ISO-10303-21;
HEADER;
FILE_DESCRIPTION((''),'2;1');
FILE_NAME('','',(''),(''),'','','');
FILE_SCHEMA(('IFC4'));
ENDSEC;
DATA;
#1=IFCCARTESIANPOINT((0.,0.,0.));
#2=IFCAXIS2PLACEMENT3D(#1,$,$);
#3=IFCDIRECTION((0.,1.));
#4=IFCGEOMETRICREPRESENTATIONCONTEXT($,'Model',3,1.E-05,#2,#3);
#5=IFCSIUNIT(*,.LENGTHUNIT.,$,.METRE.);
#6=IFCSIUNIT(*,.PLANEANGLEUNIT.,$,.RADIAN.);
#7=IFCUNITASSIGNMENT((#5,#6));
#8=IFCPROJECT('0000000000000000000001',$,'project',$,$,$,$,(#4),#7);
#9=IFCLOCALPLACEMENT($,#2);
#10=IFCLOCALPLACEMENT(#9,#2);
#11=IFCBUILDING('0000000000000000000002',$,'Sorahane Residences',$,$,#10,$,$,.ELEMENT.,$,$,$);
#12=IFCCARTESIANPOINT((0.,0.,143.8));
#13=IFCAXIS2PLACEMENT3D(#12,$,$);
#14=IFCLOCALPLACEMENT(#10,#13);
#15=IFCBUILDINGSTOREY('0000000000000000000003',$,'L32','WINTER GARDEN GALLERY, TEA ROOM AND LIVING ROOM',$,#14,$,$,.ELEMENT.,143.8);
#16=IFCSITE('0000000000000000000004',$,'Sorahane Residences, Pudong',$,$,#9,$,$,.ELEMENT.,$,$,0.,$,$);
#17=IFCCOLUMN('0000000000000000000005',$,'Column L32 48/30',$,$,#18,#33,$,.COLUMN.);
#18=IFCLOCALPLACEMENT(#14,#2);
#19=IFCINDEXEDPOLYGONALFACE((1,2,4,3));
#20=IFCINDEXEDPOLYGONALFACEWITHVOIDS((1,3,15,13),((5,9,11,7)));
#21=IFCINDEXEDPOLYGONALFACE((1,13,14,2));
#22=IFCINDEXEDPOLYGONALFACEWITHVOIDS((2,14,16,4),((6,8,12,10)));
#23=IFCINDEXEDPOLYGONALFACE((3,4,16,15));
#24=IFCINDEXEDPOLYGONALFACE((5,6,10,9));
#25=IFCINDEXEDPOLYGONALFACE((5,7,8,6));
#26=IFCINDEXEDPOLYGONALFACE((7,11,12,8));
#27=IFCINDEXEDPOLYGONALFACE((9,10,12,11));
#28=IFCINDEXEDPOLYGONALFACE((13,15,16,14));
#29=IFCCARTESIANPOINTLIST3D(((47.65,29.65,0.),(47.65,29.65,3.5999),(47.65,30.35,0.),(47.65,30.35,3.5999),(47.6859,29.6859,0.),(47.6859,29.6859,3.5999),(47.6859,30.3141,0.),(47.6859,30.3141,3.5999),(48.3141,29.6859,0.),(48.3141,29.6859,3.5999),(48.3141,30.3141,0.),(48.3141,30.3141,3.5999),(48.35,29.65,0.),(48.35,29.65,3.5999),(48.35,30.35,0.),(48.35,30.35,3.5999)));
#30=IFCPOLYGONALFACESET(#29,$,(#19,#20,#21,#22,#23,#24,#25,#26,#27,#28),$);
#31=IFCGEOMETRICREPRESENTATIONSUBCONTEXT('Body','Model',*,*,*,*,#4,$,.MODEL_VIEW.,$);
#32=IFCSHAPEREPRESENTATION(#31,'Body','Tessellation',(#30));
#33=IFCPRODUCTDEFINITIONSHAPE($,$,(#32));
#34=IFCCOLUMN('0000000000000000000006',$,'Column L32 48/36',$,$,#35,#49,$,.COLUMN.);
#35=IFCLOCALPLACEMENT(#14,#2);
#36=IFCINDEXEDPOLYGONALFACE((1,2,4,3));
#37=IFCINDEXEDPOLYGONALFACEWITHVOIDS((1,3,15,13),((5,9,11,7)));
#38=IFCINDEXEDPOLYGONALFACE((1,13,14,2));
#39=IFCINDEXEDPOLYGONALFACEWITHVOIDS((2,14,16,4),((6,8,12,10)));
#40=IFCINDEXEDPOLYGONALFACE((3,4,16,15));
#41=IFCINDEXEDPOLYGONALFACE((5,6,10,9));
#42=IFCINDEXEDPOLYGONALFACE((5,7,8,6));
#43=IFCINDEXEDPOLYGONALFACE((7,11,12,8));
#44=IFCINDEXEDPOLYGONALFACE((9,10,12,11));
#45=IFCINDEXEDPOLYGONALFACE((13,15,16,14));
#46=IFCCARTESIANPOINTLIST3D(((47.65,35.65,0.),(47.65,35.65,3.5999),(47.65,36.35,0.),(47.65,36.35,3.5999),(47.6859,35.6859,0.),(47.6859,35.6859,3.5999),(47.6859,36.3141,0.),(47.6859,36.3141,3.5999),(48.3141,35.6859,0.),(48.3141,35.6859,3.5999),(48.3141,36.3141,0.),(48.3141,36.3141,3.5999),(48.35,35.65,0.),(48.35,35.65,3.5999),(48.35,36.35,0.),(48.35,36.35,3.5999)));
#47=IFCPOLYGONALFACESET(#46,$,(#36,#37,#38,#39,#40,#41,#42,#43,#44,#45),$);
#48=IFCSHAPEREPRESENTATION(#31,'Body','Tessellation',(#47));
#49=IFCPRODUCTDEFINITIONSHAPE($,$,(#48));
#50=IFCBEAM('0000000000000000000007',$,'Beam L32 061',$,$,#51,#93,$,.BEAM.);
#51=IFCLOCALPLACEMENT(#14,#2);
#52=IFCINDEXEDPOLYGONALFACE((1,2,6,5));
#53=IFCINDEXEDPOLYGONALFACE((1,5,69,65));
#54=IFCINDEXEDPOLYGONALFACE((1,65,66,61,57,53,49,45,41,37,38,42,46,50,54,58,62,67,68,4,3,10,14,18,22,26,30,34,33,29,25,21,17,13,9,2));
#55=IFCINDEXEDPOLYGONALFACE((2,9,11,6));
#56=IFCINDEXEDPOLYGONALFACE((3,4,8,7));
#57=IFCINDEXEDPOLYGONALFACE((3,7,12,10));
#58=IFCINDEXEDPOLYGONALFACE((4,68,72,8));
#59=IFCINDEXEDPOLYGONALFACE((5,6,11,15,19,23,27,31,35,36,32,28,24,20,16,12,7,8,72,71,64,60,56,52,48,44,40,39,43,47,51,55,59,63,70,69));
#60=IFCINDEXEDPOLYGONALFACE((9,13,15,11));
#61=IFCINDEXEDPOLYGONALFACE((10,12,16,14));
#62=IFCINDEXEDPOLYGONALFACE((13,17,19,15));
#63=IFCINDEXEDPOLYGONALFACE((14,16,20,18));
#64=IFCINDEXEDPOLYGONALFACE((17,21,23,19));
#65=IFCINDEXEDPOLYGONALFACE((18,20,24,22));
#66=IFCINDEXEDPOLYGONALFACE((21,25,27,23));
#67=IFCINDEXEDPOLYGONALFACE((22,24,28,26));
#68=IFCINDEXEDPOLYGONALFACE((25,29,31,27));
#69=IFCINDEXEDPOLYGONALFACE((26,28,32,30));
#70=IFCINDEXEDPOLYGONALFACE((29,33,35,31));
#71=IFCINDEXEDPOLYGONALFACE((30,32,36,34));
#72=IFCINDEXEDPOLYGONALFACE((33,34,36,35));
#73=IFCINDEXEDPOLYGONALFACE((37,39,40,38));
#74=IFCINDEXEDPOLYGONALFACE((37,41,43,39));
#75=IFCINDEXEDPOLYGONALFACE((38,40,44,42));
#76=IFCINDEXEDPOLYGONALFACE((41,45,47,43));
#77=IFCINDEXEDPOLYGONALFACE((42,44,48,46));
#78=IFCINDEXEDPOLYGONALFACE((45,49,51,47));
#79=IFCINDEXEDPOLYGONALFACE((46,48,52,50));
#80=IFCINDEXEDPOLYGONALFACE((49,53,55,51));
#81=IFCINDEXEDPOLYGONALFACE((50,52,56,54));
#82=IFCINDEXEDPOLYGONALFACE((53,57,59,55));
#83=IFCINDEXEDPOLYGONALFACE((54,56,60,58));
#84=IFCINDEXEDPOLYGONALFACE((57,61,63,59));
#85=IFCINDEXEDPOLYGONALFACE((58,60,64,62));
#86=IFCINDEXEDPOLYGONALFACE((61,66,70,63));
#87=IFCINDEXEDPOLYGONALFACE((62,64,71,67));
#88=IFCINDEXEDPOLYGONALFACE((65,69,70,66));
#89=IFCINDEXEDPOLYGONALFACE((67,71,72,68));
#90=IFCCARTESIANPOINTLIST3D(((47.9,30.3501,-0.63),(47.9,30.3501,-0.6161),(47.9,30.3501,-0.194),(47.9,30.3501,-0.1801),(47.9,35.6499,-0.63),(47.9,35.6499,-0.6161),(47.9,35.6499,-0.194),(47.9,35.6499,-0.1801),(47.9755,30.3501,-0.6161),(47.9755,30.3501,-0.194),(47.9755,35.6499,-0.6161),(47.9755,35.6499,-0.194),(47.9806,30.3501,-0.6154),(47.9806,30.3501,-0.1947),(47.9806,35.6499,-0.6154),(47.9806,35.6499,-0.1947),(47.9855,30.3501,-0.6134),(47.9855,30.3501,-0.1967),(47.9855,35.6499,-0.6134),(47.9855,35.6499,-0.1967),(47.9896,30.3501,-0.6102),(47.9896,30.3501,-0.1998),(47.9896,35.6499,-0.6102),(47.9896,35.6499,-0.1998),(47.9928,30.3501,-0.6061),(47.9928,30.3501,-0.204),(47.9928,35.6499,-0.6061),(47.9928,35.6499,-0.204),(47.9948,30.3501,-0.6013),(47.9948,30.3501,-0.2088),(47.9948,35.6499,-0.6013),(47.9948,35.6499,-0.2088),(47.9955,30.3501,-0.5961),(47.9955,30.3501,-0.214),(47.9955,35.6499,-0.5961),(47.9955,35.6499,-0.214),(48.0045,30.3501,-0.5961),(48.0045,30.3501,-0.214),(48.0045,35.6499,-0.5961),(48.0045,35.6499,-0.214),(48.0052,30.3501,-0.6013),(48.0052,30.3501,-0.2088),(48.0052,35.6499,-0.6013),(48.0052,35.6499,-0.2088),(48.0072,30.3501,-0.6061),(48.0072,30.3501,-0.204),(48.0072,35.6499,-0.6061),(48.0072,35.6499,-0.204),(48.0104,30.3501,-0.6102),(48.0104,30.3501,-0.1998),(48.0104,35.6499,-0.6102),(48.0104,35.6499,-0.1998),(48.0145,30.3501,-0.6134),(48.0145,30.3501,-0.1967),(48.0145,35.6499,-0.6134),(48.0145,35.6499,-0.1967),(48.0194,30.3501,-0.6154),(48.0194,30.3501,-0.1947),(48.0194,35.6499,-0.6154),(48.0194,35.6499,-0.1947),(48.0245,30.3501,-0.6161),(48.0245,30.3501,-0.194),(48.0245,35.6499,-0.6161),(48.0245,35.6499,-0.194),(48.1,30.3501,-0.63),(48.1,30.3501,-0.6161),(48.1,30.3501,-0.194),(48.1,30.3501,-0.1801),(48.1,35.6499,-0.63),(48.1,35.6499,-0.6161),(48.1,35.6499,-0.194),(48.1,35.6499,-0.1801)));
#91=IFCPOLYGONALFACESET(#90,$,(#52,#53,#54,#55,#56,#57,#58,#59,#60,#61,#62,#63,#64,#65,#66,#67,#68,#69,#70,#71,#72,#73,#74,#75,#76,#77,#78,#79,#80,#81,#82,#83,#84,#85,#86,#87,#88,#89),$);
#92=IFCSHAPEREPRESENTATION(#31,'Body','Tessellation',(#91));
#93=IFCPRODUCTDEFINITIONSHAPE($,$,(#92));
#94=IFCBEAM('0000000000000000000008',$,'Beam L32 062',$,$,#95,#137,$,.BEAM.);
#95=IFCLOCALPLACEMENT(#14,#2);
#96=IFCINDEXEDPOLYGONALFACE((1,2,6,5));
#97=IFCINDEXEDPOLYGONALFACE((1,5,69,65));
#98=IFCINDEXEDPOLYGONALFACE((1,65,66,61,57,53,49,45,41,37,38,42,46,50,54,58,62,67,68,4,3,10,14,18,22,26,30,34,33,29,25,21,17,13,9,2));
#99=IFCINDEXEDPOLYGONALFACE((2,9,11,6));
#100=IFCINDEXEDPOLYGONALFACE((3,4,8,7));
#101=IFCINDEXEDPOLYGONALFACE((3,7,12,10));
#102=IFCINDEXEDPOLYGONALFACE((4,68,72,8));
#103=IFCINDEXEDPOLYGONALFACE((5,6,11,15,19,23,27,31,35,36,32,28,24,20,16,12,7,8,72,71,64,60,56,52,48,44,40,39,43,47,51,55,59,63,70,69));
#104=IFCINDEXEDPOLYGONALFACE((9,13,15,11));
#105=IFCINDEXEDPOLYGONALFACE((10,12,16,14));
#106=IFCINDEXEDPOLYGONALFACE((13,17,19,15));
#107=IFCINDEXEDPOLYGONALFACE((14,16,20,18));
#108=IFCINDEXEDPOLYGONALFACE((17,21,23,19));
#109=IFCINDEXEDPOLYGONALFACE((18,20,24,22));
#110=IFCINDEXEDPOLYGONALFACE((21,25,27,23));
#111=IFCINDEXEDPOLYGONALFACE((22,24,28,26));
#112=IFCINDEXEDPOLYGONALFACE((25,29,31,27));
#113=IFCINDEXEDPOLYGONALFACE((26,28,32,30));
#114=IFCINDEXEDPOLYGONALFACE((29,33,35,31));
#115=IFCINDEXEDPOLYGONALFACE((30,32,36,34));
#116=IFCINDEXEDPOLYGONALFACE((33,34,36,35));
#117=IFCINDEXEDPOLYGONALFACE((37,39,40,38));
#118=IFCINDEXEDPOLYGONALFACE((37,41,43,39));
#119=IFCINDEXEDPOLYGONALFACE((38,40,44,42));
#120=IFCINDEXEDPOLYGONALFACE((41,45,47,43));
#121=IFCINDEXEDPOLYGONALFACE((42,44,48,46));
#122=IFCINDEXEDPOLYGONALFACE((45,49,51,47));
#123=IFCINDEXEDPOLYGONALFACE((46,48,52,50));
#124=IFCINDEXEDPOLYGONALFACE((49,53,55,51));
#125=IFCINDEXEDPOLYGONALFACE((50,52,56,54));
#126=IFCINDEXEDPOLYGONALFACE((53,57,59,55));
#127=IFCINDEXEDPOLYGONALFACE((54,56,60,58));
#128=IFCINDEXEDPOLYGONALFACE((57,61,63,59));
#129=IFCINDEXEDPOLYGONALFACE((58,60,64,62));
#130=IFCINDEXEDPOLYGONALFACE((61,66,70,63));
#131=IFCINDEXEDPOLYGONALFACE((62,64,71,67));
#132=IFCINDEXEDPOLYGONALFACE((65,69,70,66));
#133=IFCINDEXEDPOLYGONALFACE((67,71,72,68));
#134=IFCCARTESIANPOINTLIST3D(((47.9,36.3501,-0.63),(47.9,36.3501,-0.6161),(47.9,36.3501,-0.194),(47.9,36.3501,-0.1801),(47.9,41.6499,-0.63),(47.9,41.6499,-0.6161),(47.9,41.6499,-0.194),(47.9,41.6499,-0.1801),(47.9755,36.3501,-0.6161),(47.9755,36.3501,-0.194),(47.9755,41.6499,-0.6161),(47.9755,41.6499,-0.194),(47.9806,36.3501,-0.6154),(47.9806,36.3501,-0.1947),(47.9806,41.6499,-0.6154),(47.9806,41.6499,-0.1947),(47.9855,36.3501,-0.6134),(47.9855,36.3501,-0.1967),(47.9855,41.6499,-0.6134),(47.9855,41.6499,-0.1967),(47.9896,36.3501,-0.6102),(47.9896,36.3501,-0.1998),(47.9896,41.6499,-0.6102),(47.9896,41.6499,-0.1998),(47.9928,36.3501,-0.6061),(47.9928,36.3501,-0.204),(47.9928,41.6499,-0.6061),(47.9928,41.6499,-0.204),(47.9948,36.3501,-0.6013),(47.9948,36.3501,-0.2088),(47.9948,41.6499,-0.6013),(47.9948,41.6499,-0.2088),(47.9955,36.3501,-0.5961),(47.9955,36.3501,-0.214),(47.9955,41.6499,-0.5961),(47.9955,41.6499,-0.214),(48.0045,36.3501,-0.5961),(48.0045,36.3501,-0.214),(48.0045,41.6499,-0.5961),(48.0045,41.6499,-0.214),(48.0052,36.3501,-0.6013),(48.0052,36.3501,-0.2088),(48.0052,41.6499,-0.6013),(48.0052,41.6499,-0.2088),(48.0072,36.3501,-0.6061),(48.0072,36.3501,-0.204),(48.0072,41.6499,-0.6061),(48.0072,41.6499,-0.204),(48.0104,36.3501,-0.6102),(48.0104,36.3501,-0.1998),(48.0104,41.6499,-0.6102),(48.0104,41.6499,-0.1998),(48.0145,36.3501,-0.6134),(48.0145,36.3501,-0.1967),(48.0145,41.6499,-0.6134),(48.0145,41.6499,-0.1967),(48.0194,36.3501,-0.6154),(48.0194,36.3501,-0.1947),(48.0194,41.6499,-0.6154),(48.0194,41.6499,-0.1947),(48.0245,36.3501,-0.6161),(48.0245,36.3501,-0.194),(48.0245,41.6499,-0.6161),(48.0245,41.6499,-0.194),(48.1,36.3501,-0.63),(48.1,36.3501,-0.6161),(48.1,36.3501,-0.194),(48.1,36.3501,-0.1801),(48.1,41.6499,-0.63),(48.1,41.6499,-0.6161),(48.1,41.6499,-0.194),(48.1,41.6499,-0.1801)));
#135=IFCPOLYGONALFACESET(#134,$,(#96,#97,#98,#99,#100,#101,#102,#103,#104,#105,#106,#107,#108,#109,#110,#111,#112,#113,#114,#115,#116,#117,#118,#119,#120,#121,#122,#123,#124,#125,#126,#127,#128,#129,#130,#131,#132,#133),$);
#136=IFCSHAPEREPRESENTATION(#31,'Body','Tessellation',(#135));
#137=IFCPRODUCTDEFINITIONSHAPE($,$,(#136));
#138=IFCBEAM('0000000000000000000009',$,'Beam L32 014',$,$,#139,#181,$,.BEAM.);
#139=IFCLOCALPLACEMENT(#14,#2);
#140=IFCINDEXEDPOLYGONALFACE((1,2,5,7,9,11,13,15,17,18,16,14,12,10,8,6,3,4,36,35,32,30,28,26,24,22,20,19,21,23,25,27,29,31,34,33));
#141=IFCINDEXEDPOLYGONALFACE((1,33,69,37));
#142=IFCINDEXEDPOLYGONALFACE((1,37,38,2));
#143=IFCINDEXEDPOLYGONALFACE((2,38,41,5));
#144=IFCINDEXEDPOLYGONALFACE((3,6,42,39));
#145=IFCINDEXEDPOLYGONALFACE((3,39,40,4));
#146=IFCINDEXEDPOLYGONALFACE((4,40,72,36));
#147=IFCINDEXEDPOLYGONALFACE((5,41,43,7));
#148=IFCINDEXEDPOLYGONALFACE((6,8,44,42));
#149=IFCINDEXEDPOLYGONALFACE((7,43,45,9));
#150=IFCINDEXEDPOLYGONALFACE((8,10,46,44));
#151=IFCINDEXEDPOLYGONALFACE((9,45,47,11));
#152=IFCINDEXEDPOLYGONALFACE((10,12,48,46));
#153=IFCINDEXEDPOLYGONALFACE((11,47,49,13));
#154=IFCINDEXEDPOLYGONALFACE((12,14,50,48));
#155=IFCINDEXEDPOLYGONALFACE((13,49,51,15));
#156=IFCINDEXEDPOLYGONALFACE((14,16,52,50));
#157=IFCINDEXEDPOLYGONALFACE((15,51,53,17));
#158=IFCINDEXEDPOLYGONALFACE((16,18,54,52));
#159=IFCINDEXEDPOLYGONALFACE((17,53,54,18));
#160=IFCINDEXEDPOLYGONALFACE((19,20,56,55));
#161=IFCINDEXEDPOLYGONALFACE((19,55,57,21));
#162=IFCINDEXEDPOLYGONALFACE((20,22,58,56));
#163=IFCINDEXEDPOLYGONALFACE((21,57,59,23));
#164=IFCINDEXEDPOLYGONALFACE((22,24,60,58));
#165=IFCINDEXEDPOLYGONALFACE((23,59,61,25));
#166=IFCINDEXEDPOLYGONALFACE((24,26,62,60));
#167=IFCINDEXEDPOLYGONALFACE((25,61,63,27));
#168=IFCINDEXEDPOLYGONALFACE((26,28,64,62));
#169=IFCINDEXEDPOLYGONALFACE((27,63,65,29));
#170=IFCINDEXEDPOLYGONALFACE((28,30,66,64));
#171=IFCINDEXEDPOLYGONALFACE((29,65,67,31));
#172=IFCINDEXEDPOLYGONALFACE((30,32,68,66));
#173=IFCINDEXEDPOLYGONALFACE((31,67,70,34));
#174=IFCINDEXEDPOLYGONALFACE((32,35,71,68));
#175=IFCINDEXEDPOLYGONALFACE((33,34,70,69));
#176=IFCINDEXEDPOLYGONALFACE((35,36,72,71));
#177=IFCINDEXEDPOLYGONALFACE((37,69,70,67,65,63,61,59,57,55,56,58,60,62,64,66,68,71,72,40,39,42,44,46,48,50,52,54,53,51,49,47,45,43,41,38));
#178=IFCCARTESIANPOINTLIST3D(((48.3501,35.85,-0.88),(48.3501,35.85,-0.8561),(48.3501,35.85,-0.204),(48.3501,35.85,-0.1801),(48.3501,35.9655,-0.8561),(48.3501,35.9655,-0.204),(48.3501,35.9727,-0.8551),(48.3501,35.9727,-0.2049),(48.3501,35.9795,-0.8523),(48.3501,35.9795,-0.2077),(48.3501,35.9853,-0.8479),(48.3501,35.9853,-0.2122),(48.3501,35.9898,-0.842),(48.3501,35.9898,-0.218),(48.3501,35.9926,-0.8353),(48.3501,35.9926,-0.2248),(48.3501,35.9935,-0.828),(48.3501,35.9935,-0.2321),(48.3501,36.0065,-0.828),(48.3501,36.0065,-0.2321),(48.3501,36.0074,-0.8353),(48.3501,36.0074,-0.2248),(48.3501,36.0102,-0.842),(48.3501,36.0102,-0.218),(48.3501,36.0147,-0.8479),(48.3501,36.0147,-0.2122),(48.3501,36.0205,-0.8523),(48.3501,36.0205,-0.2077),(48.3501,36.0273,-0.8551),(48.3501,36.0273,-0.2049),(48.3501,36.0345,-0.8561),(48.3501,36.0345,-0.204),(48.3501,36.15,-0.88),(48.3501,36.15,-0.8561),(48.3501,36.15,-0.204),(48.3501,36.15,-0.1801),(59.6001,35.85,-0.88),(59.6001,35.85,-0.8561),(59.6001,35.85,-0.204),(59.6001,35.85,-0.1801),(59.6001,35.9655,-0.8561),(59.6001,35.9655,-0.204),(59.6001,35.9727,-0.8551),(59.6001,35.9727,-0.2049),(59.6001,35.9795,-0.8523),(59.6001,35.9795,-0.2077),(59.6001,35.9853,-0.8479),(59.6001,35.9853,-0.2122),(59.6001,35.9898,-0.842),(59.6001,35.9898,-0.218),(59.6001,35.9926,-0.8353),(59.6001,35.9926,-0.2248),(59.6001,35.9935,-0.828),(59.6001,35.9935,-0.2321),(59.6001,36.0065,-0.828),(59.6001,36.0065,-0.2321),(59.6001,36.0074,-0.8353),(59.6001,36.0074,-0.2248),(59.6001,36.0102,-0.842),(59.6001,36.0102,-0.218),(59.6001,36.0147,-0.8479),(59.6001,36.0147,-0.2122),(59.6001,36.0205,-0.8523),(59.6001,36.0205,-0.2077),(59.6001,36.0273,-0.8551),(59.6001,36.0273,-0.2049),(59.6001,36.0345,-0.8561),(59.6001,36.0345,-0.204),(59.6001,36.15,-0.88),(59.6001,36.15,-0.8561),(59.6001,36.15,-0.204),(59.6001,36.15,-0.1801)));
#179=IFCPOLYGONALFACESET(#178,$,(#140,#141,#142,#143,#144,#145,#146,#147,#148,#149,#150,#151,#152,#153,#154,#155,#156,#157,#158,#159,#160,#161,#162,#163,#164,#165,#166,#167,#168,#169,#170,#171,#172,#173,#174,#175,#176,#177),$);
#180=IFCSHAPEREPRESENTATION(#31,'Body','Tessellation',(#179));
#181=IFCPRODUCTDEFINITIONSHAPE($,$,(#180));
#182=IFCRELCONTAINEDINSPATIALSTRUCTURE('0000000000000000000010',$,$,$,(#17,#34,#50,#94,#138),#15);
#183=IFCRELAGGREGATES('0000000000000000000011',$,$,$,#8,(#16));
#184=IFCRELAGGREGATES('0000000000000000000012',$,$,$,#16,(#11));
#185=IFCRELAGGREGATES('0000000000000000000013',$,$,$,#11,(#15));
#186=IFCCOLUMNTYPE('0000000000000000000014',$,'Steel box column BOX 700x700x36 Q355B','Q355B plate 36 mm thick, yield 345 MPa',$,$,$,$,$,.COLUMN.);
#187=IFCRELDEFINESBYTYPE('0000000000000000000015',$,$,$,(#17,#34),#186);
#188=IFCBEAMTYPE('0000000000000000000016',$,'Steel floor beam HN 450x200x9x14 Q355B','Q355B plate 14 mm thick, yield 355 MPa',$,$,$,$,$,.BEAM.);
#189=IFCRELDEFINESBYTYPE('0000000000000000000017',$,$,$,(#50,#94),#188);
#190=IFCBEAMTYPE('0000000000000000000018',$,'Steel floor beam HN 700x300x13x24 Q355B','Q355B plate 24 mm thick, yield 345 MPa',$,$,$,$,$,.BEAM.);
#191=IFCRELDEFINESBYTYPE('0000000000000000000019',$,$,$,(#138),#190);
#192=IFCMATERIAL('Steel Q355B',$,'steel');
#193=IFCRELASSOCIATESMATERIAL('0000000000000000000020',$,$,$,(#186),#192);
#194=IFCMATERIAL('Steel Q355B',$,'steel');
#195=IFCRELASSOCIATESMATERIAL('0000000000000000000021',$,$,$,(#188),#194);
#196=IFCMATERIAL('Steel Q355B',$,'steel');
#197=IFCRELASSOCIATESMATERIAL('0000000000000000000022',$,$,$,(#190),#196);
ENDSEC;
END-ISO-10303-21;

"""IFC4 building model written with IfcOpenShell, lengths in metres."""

from ifc_helpers import new_model, si_unit, direction, frame, origin, origin_2d, place, context, subcontext, project, spatial, hollow_rectangle, i_section, extrude, material, material_profile, profile_set, type_object, element, save


model = new_model("IFC4")

# Units and contexts
model_context = context("Model", 3, precision=1e-05, world=origin(), true_north=direction((0.0, 1.0)))
body_context = subcontext(model_context, "Body", "Model", "MODEL_VIEW")
ifc_project = project(units=[si_unit("LENGTHUNIT", "METRE"), si_unit("PLANEANGLEUNIT", "RADIAN")], contexts=[model_context])

# Site, building, storey
site_placement = place(None, origin())
site = spatial("IfcSite", under=ifc_project, at=site_placement, Name="Sorahane Residences, Pudong", CompositionType="ELEMENT", RefElevation=0.0)
building_placement = place(site_placement, origin())
building = spatial("IfcBuilding", under=site, at=building_placement, Name="Sorahane Residences", CompositionType="ELEMENT")
storey_placement = place(building_placement, frame((0.0, 0.0, 143.8)))
storey = spatial("IfcBuildingStorey", under=building, at=storey_placement, Name="L32", Description="WINTER GARDEN GALLERY, TEA ROOM AND LIVING ROOM", CompositionType="ELEMENT", Elevation=143.8)

# Columns
ifc_material_1 = material(Name="Steel Q355B", Category="steel")
ifc_material_profile_1 = material_profile(ifc_material_1, hollow_rectangle(XDim=0.7, YDim=0.7, WallThickness=0.0359, at=origin_2d()), Name="BOX 700x700x36")
ifc_profile_set_1 = profile_set([ifc_material_profile_1], Name="Steel Q355B")
column_type = type_object("IfcColumnType", Name="Steel box column BOX 700x700x36 Q355B", Description="Q355B plate 36 mm thick, yield 345 MPa", PredefinedType="COLUMN", material=ifc_profile_set_1)
for number, where, z_axis, x_axis, name in (
    (1, (48.0, 30.0, 0.0), (0.0, 0.0, 1.0), (1.0, 0.0, 0.0), "Column L32 48/30"),
    (2, (48.0, 36.0, 0.0), (0.0, 0.0, 1.0), (1.0, 0.0, 0.0), "Column L32 48/36"),
):
    element("IfcColumn", number, at=place(storey_placement, frame(where, z_axis=z_axis, x_axis=x_axis)), inside=storey, type_object=column_type, Name=name, PredefinedType="COLUMN", context=body_context, shape_type="SweptSolid", body=[
        extrude(hollow_rectangle(XDim=0.7, YDim=0.7, WallThickness=0.0359, at=origin_2d()), origin(), (0.0, 0.0, 1.0), 3.5999),
    ])

# Beams
ifc_material_2 = material(Name="Steel Q355B", Category="steel")
ifc_material_profile_2 = material_profile(ifc_material_2, i_section(OverallWidth=0.2, OverallDepth=0.45, WebThickness=0.009, FlangeThickness=0.0139, FilletRadius=0.02, at=origin_2d()), Name="HN 450x200x9x14")
ifc_profile_set_2 = profile_set([ifc_material_profile_2], Name="Steel Q355B")
beam_type_1 = type_object("IfcBeamType", Name="Steel floor beam HN 450x200x9x14 Q355B", Description="Q355B plate 14 mm thick, yield 355 MPa", PredefinedType="BEAM", material=ifc_profile_set_2)
for number, where, z_axis, x_axis, name in (
    (3, (48.0, 30.3501, -0.405), (0.0, 1.0, 0.0), (-1.0, 0.0, 0.0), "Beam L32 061"),
    (4, (48.0, 36.3501, -0.405), (0.0, 1.0, 0.0), (-1.0, 0.0, 0.0), "Beam L32 062"),
):
    element("IfcBeam", number, at=place(storey_placement, frame(where, z_axis=z_axis, x_axis=x_axis)), inside=storey, type_object=beam_type_1, Name=name, PredefinedType="BEAM", context=body_context, shape_type="SweptSolid", body=[
        extrude(i_section(OverallWidth=0.2, OverallDepth=0.45, WebThickness=0.009, FlangeThickness=0.0139, FilletRadius=0.02, at=origin_2d()), origin(), (0.0, 0.0, 1.0), 5.2998),
    ])
ifc_material_3 = material(Name="Steel Q355B", Category="steel")
ifc_material_profile_3 = material_profile(ifc_material_3, i_section(OverallWidth=0.3, OverallDepth=0.7, WebThickness=0.0129, FlangeThickness=0.0239, FilletRadius=0.0281, at=origin_2d()), Name="HN 700x300x13x24")
ifc_profile_set_3 = profile_set([ifc_material_profile_3], Name="Steel Q355B")
beam_type_2 = type_object("IfcBeamType", Name="Steel floor beam HN 700x300x13x24 Q355B", Description="Q355B plate 24 mm thick, yield 345 MPa", PredefinedType="BEAM", material=ifc_profile_set_3)
beam_1_placement = place(storey_placement, frame((48.3501, 36.0, -0.53), z_axis=(1.0, 0.0, 0.0), x_axis=(0.0, 1.0, 0.0)))
element("IfcBeam", 5, at=beam_1_placement, inside=storey, type_object=beam_type_2, Name="Beam L32 014", PredefinedType="BEAM", context=body_context, shape_type="SweptSolid", body=[
    extrude(i_section(OverallWidth=0.3, OverallDepth=0.7, WebThickness=0.0129, FlangeThickness=0.0239, FilletRadius=0.0281, at=origin_2d()), origin(), (0.0, 0.0, 1.0), 11.25),
])

save(model, "model.ifc")
